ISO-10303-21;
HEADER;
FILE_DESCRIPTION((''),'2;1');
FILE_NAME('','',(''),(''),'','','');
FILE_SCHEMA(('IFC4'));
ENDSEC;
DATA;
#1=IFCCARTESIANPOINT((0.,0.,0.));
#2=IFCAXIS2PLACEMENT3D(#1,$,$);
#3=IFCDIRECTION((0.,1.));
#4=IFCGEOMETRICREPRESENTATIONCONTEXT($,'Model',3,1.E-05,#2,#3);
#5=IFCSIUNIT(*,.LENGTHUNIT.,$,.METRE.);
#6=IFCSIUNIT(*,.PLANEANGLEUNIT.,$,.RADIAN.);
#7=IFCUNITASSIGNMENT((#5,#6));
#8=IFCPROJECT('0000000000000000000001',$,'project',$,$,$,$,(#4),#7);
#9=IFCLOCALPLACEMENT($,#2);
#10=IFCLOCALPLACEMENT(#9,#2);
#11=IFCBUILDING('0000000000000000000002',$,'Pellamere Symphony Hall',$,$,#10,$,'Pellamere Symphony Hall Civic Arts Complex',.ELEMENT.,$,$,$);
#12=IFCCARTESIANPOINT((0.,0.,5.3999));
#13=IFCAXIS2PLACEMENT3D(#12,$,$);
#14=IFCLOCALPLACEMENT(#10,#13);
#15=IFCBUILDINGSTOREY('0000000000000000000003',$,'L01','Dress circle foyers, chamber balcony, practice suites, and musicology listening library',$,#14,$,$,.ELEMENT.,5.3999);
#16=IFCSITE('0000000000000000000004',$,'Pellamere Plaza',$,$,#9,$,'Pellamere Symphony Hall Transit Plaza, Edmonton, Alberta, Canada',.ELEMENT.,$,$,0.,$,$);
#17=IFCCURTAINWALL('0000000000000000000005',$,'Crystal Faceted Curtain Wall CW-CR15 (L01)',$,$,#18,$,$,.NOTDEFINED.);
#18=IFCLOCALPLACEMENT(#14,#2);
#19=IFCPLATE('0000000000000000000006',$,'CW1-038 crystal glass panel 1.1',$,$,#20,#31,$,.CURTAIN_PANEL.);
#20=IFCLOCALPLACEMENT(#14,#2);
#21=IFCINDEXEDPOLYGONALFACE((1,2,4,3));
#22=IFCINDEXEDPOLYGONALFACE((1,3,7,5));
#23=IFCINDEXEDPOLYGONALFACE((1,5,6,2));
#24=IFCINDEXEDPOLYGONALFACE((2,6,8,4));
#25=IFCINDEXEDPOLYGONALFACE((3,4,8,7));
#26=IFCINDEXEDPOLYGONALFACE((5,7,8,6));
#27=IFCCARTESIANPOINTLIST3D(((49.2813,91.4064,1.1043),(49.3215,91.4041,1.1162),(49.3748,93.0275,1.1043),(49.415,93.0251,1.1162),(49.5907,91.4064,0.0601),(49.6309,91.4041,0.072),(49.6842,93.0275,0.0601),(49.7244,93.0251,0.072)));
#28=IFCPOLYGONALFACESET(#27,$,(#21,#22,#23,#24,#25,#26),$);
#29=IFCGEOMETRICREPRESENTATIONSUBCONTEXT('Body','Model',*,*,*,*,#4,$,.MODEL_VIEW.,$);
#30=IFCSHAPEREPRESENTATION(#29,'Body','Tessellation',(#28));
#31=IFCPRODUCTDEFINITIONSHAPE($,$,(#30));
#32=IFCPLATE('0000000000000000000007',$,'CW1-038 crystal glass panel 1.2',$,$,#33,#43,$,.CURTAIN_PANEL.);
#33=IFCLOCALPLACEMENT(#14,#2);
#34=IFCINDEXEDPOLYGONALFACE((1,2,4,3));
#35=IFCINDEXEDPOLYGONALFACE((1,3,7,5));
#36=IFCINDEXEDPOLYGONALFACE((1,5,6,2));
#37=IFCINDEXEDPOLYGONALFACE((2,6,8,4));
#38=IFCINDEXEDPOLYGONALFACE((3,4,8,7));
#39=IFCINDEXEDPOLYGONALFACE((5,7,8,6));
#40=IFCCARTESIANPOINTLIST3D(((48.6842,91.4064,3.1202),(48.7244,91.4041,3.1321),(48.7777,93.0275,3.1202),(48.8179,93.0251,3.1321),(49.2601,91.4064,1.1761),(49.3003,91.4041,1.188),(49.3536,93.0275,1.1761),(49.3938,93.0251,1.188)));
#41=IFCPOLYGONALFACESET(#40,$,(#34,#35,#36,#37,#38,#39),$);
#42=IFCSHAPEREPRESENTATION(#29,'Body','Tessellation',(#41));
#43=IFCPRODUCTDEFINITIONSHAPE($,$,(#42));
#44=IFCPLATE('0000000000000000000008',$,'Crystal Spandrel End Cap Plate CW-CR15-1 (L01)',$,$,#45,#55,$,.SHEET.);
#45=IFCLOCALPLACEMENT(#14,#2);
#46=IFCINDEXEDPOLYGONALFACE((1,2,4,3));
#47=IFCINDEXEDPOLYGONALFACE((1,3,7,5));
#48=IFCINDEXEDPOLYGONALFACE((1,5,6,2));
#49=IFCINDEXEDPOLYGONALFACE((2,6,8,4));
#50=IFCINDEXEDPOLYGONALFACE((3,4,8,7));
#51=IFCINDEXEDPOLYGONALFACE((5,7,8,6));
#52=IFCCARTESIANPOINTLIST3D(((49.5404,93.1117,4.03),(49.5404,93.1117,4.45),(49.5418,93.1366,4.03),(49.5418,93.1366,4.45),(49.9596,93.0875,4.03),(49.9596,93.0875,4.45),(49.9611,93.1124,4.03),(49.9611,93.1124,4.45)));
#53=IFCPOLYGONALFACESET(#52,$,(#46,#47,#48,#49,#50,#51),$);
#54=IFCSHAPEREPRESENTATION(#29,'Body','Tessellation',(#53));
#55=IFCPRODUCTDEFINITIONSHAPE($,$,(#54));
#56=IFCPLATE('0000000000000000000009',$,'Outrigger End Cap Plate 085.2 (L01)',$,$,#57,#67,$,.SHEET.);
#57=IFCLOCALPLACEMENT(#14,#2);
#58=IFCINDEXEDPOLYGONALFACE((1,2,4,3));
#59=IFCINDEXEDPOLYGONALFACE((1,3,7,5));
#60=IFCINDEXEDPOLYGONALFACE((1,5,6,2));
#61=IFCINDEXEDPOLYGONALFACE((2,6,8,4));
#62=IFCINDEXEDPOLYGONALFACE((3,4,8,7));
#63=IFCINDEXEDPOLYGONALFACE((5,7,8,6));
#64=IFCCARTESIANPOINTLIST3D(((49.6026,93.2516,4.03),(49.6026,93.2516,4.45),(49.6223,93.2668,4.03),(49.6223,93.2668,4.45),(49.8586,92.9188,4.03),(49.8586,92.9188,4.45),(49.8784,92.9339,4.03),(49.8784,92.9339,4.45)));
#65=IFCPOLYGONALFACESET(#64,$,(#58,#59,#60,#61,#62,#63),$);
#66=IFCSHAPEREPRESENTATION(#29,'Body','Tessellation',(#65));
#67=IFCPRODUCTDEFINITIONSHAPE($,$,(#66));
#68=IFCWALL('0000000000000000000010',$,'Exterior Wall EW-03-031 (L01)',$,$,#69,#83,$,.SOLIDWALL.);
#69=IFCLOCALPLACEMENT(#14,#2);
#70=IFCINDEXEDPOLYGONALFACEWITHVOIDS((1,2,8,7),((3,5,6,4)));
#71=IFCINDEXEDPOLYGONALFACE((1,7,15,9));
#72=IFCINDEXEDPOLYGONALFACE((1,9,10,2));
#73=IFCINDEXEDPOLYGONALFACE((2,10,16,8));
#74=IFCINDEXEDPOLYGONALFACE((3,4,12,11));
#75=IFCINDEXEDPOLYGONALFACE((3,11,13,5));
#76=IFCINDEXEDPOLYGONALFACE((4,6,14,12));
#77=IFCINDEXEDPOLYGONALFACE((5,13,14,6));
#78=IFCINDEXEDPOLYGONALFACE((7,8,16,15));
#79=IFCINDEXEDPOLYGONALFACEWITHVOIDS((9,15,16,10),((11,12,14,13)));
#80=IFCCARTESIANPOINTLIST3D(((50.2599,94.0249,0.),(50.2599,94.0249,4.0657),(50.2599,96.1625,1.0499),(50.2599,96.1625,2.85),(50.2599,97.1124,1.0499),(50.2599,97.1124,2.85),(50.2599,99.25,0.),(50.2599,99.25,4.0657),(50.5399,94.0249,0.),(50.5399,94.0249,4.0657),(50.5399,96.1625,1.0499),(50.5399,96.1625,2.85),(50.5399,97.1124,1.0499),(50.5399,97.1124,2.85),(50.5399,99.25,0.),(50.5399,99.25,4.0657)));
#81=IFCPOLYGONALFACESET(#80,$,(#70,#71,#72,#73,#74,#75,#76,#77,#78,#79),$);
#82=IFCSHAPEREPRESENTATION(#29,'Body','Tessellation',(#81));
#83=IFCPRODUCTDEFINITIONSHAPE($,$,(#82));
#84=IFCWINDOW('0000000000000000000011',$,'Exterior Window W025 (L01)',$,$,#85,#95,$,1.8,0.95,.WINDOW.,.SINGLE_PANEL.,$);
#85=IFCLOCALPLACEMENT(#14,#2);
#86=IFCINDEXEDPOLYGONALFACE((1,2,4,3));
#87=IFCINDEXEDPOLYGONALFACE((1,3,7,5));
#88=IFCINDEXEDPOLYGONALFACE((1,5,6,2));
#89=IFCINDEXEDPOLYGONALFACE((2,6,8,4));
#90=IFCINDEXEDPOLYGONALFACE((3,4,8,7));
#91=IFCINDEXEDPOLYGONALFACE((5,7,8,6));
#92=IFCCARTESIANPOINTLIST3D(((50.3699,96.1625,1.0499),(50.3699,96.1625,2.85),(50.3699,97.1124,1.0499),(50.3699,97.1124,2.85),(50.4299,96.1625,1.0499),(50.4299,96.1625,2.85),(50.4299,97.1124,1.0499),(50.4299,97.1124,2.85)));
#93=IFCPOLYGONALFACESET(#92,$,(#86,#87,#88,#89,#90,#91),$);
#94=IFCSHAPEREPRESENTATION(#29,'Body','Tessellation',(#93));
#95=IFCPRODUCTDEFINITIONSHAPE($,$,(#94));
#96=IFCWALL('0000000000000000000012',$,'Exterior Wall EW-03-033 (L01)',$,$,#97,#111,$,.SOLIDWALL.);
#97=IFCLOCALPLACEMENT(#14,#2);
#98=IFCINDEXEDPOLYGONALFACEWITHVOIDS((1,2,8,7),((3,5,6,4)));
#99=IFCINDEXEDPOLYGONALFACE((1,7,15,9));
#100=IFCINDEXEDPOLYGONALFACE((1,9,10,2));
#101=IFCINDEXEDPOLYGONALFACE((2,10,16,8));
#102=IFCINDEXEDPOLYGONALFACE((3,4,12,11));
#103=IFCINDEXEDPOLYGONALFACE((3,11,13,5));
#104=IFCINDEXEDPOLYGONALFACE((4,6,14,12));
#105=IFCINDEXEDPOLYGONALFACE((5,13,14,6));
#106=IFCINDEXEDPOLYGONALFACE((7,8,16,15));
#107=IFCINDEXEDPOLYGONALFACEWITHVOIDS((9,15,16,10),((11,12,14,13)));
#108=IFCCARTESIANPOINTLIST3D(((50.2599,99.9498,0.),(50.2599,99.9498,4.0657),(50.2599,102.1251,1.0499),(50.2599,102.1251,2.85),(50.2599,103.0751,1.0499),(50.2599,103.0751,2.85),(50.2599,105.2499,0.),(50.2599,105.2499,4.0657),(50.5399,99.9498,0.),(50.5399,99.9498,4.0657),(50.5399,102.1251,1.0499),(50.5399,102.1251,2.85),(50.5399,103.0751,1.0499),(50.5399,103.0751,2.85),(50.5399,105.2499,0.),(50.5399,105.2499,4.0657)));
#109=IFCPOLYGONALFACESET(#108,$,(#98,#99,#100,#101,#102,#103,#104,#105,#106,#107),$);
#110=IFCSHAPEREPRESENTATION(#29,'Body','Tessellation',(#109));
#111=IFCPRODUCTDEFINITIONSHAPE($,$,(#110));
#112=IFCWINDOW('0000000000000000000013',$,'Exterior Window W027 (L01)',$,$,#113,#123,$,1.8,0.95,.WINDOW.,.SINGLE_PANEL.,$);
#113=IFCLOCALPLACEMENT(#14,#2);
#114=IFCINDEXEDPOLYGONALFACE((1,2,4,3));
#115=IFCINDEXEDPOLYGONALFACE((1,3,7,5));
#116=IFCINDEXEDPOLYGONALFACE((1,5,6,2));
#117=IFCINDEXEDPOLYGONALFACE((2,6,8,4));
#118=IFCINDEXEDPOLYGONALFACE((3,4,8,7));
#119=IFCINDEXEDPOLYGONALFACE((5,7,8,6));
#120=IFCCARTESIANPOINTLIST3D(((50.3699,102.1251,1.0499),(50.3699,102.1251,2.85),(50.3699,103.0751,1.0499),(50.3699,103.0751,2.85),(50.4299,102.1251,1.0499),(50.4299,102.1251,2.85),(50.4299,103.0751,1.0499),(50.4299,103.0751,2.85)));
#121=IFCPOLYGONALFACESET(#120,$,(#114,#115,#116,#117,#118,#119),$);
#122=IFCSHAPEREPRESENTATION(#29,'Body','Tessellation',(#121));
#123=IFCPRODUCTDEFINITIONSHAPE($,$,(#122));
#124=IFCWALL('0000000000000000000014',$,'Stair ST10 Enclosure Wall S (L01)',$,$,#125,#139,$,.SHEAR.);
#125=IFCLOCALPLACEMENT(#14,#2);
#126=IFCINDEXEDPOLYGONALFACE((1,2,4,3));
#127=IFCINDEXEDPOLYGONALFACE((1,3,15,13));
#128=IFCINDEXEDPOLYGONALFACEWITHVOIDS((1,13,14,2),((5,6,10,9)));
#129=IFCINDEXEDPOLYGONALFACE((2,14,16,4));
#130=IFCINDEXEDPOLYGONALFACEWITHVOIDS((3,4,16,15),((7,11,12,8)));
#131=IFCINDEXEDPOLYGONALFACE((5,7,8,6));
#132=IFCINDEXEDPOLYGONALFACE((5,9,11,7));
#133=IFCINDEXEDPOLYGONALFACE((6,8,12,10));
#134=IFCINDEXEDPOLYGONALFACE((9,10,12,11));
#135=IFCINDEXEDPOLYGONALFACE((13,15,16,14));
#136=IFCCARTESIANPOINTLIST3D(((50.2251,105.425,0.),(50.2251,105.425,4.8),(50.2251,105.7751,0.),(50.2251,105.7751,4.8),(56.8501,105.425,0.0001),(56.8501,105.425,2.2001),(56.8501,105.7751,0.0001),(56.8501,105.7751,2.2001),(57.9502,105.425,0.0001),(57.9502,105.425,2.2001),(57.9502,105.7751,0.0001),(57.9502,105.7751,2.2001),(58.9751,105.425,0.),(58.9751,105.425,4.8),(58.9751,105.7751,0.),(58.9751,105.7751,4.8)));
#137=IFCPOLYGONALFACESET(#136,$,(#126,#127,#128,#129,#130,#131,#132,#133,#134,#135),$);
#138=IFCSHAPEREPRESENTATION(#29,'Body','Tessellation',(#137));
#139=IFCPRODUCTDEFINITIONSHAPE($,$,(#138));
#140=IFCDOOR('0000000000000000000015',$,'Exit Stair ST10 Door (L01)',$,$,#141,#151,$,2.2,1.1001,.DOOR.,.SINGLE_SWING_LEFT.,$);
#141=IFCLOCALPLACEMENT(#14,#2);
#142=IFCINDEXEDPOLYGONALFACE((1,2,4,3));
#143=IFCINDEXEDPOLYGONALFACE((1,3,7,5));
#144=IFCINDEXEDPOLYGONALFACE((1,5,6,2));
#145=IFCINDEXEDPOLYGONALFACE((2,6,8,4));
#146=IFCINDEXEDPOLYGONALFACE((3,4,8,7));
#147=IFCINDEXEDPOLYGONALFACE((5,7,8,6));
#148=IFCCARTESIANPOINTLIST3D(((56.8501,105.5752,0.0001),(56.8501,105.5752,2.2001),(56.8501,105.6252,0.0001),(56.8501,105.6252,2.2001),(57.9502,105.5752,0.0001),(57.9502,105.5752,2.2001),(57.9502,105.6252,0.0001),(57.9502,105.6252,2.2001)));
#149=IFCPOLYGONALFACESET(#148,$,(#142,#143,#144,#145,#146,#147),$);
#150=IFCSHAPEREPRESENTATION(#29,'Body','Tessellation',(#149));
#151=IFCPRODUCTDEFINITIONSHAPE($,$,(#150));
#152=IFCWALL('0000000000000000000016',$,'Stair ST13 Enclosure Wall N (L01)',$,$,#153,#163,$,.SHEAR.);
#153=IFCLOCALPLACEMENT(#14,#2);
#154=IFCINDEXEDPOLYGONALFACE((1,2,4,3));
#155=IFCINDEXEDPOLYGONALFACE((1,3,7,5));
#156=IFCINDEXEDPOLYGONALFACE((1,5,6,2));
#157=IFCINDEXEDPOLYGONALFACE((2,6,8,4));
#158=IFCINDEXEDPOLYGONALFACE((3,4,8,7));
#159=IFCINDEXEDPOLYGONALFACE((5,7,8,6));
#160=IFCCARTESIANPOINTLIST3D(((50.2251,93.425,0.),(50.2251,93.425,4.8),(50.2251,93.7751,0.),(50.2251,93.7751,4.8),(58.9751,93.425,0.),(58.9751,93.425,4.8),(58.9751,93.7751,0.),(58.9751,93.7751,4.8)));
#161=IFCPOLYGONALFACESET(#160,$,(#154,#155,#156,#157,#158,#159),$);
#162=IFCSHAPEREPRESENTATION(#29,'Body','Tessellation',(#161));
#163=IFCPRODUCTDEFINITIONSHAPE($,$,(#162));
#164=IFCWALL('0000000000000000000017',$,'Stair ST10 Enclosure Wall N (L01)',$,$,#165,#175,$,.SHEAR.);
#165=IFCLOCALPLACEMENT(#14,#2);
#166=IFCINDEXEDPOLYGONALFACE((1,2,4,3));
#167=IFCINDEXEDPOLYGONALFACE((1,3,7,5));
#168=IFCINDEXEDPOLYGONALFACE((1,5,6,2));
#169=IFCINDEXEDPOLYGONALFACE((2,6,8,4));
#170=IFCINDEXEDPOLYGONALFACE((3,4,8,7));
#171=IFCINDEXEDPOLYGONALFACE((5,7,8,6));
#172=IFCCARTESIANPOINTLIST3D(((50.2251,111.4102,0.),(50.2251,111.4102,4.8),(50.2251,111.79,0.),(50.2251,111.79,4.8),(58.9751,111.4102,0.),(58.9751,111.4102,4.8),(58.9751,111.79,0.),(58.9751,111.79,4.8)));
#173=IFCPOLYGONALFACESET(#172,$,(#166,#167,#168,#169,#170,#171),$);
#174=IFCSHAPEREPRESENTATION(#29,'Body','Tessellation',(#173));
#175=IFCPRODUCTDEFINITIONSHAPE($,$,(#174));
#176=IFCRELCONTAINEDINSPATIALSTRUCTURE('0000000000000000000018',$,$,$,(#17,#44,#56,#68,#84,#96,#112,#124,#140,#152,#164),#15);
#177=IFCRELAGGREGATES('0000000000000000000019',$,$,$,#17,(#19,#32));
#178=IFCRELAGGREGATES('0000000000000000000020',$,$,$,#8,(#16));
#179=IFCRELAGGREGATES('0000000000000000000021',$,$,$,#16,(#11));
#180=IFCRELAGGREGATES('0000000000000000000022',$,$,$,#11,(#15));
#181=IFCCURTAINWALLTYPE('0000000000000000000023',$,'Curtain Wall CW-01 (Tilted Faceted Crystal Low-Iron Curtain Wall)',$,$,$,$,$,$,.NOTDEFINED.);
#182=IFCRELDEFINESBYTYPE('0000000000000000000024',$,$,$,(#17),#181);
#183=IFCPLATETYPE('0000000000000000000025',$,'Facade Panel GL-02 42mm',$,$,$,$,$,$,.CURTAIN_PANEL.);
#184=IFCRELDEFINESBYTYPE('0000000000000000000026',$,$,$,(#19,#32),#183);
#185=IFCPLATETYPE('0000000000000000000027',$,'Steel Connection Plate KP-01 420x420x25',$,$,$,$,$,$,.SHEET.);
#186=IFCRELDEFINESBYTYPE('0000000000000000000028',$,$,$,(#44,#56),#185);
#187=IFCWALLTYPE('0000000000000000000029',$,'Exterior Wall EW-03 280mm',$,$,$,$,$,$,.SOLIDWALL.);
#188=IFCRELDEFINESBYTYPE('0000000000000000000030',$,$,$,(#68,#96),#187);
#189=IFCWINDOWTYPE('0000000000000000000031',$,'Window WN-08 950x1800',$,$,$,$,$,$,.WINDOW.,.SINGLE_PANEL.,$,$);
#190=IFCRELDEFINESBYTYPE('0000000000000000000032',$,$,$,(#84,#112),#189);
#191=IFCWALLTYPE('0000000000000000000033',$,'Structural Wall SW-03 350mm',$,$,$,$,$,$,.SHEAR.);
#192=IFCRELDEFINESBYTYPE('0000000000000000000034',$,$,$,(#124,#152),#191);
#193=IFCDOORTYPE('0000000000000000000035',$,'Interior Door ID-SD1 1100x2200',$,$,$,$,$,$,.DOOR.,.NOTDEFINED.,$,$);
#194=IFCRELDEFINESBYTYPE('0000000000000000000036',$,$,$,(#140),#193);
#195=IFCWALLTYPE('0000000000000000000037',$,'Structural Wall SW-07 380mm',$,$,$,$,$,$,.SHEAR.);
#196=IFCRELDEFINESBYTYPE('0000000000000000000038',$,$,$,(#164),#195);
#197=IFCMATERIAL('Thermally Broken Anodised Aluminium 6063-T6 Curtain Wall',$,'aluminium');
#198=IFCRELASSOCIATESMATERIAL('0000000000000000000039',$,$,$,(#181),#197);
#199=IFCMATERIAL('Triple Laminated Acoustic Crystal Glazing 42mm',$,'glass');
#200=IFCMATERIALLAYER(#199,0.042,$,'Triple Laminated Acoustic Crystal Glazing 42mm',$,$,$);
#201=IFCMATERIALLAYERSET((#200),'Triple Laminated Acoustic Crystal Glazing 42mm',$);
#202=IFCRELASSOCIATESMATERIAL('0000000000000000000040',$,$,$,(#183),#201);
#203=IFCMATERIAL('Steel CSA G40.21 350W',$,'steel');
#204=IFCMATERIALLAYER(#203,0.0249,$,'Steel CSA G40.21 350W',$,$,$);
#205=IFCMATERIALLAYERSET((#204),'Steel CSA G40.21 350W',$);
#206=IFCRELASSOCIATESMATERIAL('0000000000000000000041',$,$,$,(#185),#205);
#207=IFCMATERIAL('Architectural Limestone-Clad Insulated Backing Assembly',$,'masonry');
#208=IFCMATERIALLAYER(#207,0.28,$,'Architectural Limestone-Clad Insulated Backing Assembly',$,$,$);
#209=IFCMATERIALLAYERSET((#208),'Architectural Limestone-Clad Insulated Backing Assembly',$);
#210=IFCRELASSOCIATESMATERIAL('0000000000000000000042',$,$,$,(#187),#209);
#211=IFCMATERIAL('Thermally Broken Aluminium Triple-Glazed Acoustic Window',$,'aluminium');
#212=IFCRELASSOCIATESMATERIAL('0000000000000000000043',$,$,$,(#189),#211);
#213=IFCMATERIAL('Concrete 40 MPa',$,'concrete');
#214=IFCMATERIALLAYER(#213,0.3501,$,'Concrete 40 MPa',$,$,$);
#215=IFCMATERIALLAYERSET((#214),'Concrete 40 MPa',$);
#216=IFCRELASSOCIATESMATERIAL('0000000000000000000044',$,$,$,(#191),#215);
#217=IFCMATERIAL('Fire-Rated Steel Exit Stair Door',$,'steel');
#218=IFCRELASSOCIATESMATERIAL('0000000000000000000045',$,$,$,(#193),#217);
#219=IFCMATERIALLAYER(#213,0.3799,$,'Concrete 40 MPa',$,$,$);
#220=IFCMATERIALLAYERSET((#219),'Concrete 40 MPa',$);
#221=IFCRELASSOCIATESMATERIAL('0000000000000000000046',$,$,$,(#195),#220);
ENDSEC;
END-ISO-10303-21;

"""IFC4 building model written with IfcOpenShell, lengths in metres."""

from ifc_helpers import new_model, si_unit, direction, frame, frame_2d, origin, origin_2d, place, context, subcontext, project, spatial, polyline, rectangle, outline, extrude, material, layer, layer_set, type_object, element, fill, aggregate, save


model = new_model("IFC4")

# Units and contexts
model_context = context("Model", 3, precision=1e-05, world=origin(), true_north=direction((0.0, 1.0)))
body_context = subcontext(model_context, "Body", "Model", "MODEL_VIEW")
ifc_project = project(units=[si_unit("LENGTHUNIT", "METRE"), si_unit("PLANEANGLEUNIT", "RADIAN")], contexts=[model_context])

# Site, building, storey
site_placement = place(None, origin())
site = spatial("IfcSite", under=ifc_project, at=site_placement, Name="Pellamere Plaza", LongName="Pellamere Symphony Hall Transit Plaza, Edmonton, Alberta, Canada", CompositionType="ELEMENT", RefElevation=0.0)
building_placement = place(site_placement, origin())
building = spatial("IfcBuilding", under=site, at=building_placement, Name="Pellamere Symphony Hall", LongName="Pellamere Symphony Hall Civic Arts Complex", CompositionType="ELEMENT")
storey_placement = place(building_placement, frame((0.0, 0.0, 5.3999)))
storey = spatial("IfcBuildingStorey", under=building, at=storey_placement, Name="L01", Description="Dress circle foyers, chamber balcony, practice suites, and musicology listening library", CompositionType="ELEMENT", Elevation=5.3999)

# Shared definitions
ifc_material_1 = material(Name="Concrete 40 MPa", Category="concrete")

# Curtain wall
ifc_material_2 = material(Name="Thermally Broken Anodised Aluminium 6063-T6 Curtain Wall", Category="aluminium")
curtain_wall_type = type_object("IfcCurtainWallType", Name="Curtain Wall CW-01 (Tilted Faceted Crystal Low-Iron Curtain Wall)", PredefinedType="NOTDEFINED", material=ifc_material_2)
curtain_wall_placement = place(storey_placement, origin())
curtain_wall = element("IfcCurtainWall", 1, at=curtain_wall_placement, inside=storey, type_object=curtain_wall_type, Name="Crystal Faceted Curtain Wall CW-CR15 (L01)", PredefinedType="NOTDEFINED")

# Shared definitions
ifc_material_3 = material(Name="Steel CSA G40.21 350W", Category="steel")

# Plates
ifc_material_4 = material(Name="Triple Laminated Acoustic Crystal Glazing 42mm", Category="glass")
ifc_layer_1 = layer(ifc_material_4, 0.042, Name="Triple Laminated Acoustic Crystal Glazing 42mm")
ifc_layer_set_1 = layer_set([ifc_layer_1], Name="Triple Laminated Acoustic Crystal Glazing 42mm")
plate_type_1 = type_object("IfcPlateType", Name="Facade Panel GL-02 42mm", PredefinedType="CURTAIN_PANEL", material=ifc_layer_set_1)
plate_1_placement = place(storey_placement, frame((49.7244, 93.0251, 0.072), z_axis=(0.957351, -0.055221, 0.283602), x_axis=(-0.057585, -0.998341, 0.0)))
plate_1 = element("IfcPlate", 2, at=plate_1_placement, type_object=plate_type_1, Name="CW1-038 crystal glass panel 1.1", PredefinedType="CURTAIN_PANEL", context=body_context, shape_type="SweptSolid", body=[
    extrude(outline(polyline([(0.0, 0.0), (1.6238, 0.0), (1.6416, -1.0889), (0.0178, -1.0889), (0.0, 0.0)])), origin(), (0.0, 0.0, -1.0), 0.042),
])
plate_2_placement = place(storey_placement, frame((49.3938, 93.0251, 1.188), z_axis=(0.957349, -0.055221, 0.28361), x_axis=(-0.057585, -0.998341, 0.0)))
plate_2 = element("IfcPlate", 3, at=plate_2_placement, type_object=plate_type_1, Name="CW1-038 crystal glass panel 1.2", PredefinedType="CURTAIN_PANEL", context=body_context, shape_type="SweptSolid", body=[
    extrude(outline(polyline([(0.0, 0.0), (1.6238, 0.0), (1.657, -2.0273), (0.0332, -2.0273), (0.0, 0.0)])), origin(), (0.0, 0.0, -1.0), 0.042),
])
aggregate(curtain_wall, [plate_1, plate_2])

# Plates
ifc_layer_2 = layer(ifc_material_3, 0.0249, Name="Steel CSA G40.21 350W")
ifc_layer_set_2 = layer_set([ifc_layer_2], Name="Steel CSA G40.21 350W")
plate_type_2 = type_object("IfcPlateType", Name="Steel Connection Plate KP-01 420x420x25", PredefinedType="SHEET", material=ifc_layer_set_2)
for number, where, z_axis, x_axis, name in (
    (4, (49.7507, 93.1121, 4.03), (0.0, 0.0, 1.0), (-0.057564, -0.998342, 0.0), "Crystal Spandrel End Cap Plate CW-CR15-1 (L01)"),
    (5, (49.7405, 93.0928, 4.03), (0.0, 0.0, 1.0), (-0.792609, -0.60973, 0.0), "Outrigger End Cap Plate 085.2 (L01)"),
):
    element("IfcPlate", number, at=place(storey_placement, frame(where, z_axis=z_axis, x_axis=x_axis)), inside=storey, type_object=plate_type_2, Name=name, PredefinedType="SHEET", context=body_context, shape_type="SweptSolid", body=[
        extrude(rectangle(XDim=0.0249, YDim=0.4199, at=origin_2d()), origin(), (0.0, 0.0, 1.0), 0.4199),
    ])

# Walls, openings, windows
ifc_material_5 = material(Name="Architectural Limestone-Clad Insulated Backing Assembly", Category="masonry")
ifc_layer_3 = layer(ifc_material_5, 0.28, Name="Architectural Limestone-Clad Insulated Backing Assembly")
ifc_layer_set_3 = layer_set([ifc_layer_3], Name="Architectural Limestone-Clad Insulated Backing Assembly")
wall_type_1 = type_object("IfcWallType", Name="Exterior Wall EW-03 280mm", PredefinedType="SOLIDWALL", material=ifc_layer_set_3)
wall_1_placement = place(storey_placement, frame((50.3999, 94.0249, 0.0), z_axis=(0.0, 0.0, 1.0), x_axis=(0.0, 1.0, 0.0)))
wall_1 = element("IfcWall", 6, at=wall_1_placement, inside=storey, type_object=wall_type_1, Name="Exterior Wall EW-03-031 (L01)", PredefinedType="SOLIDWALL", context=body_context, shape_type="SweptSolid", body=[
    extrude(rectangle(XDim=5.2251, YDim=0.28, at=frame_2d((2.6125, 0.0))), origin(), (0.0, 0.0, 1.0), 4.0657),
])
opening_1_placement = place(wall_1_placement, frame((2.1375, 0.0, 1.05)))
opening_1 = element("IfcOpeningElement", 7, at=opening_1_placement, cuts=wall_1, PredefinedType="OPENING", context=body_context, shape_type="SweptSolid", body=[
    extrude(rectangle(XDim=0.95, YDim=1.8, at=frame_2d((0.4751, 0.8999))), frame((0.0, 0.1499, 0.0), z_axis=(0.0, -1.0, 0.0), x_axis=(1.0, 0.0, 0.0)), (0.0, 0.0, 1.0), 0.3),
])
ifc_material_6 = material(Name="Thermally Broken Aluminium Triple-Glazed Acoustic Window", Category="aluminium")
window_type = type_object("IfcWindowType", Name="Window WN-08 950x1800", PartitioningType="SINGLE_PANEL", PredefinedType="WINDOW", material=ifc_material_6)
window_1_placement = place(opening_1_placement, origin())
window_1 = element("IfcWindow", 8, at=window_1_placement, inside=storey, type_object=window_type, Name="Exterior Window W025 (L01)", OverallHeight=1.8, OverallWidth=0.95, PartitioningType="SINGLE_PANEL", PredefinedType="WINDOW", context=body_context, shape_type="SweptSolid", body=[
    extrude(rectangle(XDim=0.95, YDim=1.8, at=frame_2d((0.4751, 0.8999))), frame((0.0, 0.03, 0.0), z_axis=(0.0, -1.0, 0.0), x_axis=(1.0, 0.0, 0.0)), (0.0, 0.0, 1.0), 0.0601),
])
fill(opening_1, window_1)
wall_2_placement = place(storey_placement, frame((50.3999, 99.95, 0.0), z_axis=(0.0, 0.0, 1.0), x_axis=(0.0, 1.0, 0.0)))
wall_2 = element("IfcWall", 9, at=wall_2_placement, inside=storey, type_object=wall_type_1, Name="Exterior Wall EW-03-033 (L01)", PredefinedType="SOLIDWALL", context=body_context, shape_type="SweptSolid", body=[
    extrude(rectangle(XDim=5.3, YDim=0.28, at=frame_2d((2.6499, 0.0))), origin(), (0.0, 0.0, 1.0), 4.0657),
])
opening_2_placement = place(wall_2_placement, frame((2.175, 0.0, 1.05)))
opening_2 = element("IfcOpeningElement", 10, at=opening_2_placement, cuts=wall_2, PredefinedType="OPENING", context=body_context, shape_type="SweptSolid", body=[
    extrude(rectangle(XDim=0.95, YDim=1.8, at=frame_2d((0.4751, 0.8999))), frame((0.0, 0.1499, 0.0), z_axis=(0.0, -1.0, 0.0), x_axis=(1.0, 0.0, 0.0)), (0.0, 0.0, 1.0), 0.3),
])
window_2_placement = place(opening_2_placement, origin())
window_2 = element("IfcWindow", 11, at=window_2_placement, inside=storey, type_object=window_type, Name="Exterior Window W027 (L01)", OverallHeight=1.8, OverallWidth=0.95, PartitioningType="SINGLE_PANEL", PredefinedType="WINDOW", context=body_context, shape_type="SweptSolid", body=[
    extrude(rectangle(XDim=0.95, YDim=1.8, at=frame_2d((0.4751, 0.8999))), frame((0.0, 0.03, 0.0), z_axis=(0.0, -1.0, 0.0), x_axis=(1.0, 0.0, 0.0)), (0.0, 0.0, 1.0), 0.0601),
])
fill(opening_2, window_2)

# Wall, opening, door
ifc_layer_4 = layer(ifc_material_1, 0.3501, Name="Concrete 40 MPa")
ifc_layer_set_4 = layer_set([ifc_layer_4], Name="Concrete 40 MPa")
wall_type_2 = type_object("IfcWallType", Name="Structural Wall SW-03 350mm", PredefinedType="SHEAR", material=ifc_layer_set_4)
wall_3_placement = place(storey_placement, frame((50.2251, 105.6001, 0.0), z_axis=(0.0, 0.0, 1.0), x_axis=(1.0, 0.0, 0.0)))
wall_3 = element("IfcWall", 12, at=wall_3_placement, inside=storey, type_object=wall_type_2, Name="Stair ST10 Enclosure Wall S (L01)", PredefinedType="SHEAR", context=body_context, shape_type="SweptSolid", body=[
    extrude(rectangle(XDim=8.75, YDim=0.3501, at=frame_2d((4.375, 0.0))), origin(), (0.0, 0.0, 1.0), 4.8),
])
opening_3_placement = place(wall_3_placement, frame((6.625, 0.0, 0.0)))
opening_3 = element("IfcOpeningElement", 13, at=opening_3_placement, cuts=wall_3, PredefinedType="OPENING", context=body_context, shape_type="SweptSolid", body=[
    extrude(rectangle(XDim=1.1001, YDim=2.2, at=frame_2d((0.55, 1.1001))), frame((0.0, 0.1851, 0.0), z_axis=(0.0, -1.0, 0.0), x_axis=(1.0, 0.0, 0.0)), (0.0, 0.0, 1.0), 0.3701),
])
ifc_material_7 = material(Name="Fire-Rated Steel Exit Stair Door", Category="steel")
door_type = type_object("IfcDoorType", Name="Interior Door ID-SD1 1100x2200", OperationType="NOTDEFINED", PredefinedType="DOOR", material=ifc_material_7)
door_placement = place(opening_3_placement, frame((1.1001, 0.0, 0.0), z_axis=(0.0, 0.0, 1.0), x_axis=(-1.0, 0.0, 0.0)))
door = element("IfcDoor", 14, at=door_placement, inside=storey, type_object=door_type, Name="Exit Stair ST10 Door (L01)", OperationType="SINGLE_SWING_LEFT", OverallHeight=2.2, OverallWidth=1.1001, PredefinedType="DOOR", context=body_context, shape_type="SweptSolid", body=[
    extrude(rectangle(XDim=1.1001, YDim=2.2, at=frame_2d((0.55, 1.1001))), frame((0.0, 0.0249, 0.0), z_axis=(0.0, -1.0, 0.0), x_axis=(1.0, 0.0, 0.0)), (0.0, 0.0, 1.0), 0.05),
])
fill(opening_3, door)

# Walls
wall_4_placement = place(storey_placement, frame((50.2251, 93.6001, 0.0), z_axis=(0.0, 0.0, 1.0), x_axis=(1.0, 0.0, 0.0)))
element("IfcWall", 15, at=wall_4_placement, inside=storey, type_object=wall_type_2, Name="Stair ST13 Enclosure Wall N (L01)", PredefinedType="SHEAR", context=body_context, shape_type="SweptSolid", body=[
    extrude(rectangle(XDim=8.75, YDim=0.3501, at=frame_2d((4.375, 0.0))), origin(), (0.0, 0.0, 1.0), 4.8),
])
ifc_layer_5 = layer(ifc_material_1, 0.3799, Name="Concrete 40 MPa")
ifc_layer_set_5 = layer_set([ifc_layer_5], Name="Concrete 40 MPa")
wall_type_3 = type_object("IfcWallType", Name="Structural Wall SW-07 380mm", PredefinedType="SHEAR", material=ifc_layer_set_5)
wall_5_placement = place(storey_placement, frame((50.2251, 111.6001, 0.0), z_axis=(0.0, 0.0, 1.0), x_axis=(1.0, 0.0, 0.0)))
element("IfcWall", 16, at=wall_5_placement, inside=storey, type_object=wall_type_3, Name="Stair ST10 Enclosure Wall N (L01)", PredefinedType="SHEAR", context=body_context, shape_type="SweptSolid", body=[
    extrude(rectangle(XDim=8.75, YDim=0.3799, at=frame_2d((4.375, 0.0))), origin(), (0.0, 0.0, 1.0), 4.8),
])

save(model, "model.ifc")
